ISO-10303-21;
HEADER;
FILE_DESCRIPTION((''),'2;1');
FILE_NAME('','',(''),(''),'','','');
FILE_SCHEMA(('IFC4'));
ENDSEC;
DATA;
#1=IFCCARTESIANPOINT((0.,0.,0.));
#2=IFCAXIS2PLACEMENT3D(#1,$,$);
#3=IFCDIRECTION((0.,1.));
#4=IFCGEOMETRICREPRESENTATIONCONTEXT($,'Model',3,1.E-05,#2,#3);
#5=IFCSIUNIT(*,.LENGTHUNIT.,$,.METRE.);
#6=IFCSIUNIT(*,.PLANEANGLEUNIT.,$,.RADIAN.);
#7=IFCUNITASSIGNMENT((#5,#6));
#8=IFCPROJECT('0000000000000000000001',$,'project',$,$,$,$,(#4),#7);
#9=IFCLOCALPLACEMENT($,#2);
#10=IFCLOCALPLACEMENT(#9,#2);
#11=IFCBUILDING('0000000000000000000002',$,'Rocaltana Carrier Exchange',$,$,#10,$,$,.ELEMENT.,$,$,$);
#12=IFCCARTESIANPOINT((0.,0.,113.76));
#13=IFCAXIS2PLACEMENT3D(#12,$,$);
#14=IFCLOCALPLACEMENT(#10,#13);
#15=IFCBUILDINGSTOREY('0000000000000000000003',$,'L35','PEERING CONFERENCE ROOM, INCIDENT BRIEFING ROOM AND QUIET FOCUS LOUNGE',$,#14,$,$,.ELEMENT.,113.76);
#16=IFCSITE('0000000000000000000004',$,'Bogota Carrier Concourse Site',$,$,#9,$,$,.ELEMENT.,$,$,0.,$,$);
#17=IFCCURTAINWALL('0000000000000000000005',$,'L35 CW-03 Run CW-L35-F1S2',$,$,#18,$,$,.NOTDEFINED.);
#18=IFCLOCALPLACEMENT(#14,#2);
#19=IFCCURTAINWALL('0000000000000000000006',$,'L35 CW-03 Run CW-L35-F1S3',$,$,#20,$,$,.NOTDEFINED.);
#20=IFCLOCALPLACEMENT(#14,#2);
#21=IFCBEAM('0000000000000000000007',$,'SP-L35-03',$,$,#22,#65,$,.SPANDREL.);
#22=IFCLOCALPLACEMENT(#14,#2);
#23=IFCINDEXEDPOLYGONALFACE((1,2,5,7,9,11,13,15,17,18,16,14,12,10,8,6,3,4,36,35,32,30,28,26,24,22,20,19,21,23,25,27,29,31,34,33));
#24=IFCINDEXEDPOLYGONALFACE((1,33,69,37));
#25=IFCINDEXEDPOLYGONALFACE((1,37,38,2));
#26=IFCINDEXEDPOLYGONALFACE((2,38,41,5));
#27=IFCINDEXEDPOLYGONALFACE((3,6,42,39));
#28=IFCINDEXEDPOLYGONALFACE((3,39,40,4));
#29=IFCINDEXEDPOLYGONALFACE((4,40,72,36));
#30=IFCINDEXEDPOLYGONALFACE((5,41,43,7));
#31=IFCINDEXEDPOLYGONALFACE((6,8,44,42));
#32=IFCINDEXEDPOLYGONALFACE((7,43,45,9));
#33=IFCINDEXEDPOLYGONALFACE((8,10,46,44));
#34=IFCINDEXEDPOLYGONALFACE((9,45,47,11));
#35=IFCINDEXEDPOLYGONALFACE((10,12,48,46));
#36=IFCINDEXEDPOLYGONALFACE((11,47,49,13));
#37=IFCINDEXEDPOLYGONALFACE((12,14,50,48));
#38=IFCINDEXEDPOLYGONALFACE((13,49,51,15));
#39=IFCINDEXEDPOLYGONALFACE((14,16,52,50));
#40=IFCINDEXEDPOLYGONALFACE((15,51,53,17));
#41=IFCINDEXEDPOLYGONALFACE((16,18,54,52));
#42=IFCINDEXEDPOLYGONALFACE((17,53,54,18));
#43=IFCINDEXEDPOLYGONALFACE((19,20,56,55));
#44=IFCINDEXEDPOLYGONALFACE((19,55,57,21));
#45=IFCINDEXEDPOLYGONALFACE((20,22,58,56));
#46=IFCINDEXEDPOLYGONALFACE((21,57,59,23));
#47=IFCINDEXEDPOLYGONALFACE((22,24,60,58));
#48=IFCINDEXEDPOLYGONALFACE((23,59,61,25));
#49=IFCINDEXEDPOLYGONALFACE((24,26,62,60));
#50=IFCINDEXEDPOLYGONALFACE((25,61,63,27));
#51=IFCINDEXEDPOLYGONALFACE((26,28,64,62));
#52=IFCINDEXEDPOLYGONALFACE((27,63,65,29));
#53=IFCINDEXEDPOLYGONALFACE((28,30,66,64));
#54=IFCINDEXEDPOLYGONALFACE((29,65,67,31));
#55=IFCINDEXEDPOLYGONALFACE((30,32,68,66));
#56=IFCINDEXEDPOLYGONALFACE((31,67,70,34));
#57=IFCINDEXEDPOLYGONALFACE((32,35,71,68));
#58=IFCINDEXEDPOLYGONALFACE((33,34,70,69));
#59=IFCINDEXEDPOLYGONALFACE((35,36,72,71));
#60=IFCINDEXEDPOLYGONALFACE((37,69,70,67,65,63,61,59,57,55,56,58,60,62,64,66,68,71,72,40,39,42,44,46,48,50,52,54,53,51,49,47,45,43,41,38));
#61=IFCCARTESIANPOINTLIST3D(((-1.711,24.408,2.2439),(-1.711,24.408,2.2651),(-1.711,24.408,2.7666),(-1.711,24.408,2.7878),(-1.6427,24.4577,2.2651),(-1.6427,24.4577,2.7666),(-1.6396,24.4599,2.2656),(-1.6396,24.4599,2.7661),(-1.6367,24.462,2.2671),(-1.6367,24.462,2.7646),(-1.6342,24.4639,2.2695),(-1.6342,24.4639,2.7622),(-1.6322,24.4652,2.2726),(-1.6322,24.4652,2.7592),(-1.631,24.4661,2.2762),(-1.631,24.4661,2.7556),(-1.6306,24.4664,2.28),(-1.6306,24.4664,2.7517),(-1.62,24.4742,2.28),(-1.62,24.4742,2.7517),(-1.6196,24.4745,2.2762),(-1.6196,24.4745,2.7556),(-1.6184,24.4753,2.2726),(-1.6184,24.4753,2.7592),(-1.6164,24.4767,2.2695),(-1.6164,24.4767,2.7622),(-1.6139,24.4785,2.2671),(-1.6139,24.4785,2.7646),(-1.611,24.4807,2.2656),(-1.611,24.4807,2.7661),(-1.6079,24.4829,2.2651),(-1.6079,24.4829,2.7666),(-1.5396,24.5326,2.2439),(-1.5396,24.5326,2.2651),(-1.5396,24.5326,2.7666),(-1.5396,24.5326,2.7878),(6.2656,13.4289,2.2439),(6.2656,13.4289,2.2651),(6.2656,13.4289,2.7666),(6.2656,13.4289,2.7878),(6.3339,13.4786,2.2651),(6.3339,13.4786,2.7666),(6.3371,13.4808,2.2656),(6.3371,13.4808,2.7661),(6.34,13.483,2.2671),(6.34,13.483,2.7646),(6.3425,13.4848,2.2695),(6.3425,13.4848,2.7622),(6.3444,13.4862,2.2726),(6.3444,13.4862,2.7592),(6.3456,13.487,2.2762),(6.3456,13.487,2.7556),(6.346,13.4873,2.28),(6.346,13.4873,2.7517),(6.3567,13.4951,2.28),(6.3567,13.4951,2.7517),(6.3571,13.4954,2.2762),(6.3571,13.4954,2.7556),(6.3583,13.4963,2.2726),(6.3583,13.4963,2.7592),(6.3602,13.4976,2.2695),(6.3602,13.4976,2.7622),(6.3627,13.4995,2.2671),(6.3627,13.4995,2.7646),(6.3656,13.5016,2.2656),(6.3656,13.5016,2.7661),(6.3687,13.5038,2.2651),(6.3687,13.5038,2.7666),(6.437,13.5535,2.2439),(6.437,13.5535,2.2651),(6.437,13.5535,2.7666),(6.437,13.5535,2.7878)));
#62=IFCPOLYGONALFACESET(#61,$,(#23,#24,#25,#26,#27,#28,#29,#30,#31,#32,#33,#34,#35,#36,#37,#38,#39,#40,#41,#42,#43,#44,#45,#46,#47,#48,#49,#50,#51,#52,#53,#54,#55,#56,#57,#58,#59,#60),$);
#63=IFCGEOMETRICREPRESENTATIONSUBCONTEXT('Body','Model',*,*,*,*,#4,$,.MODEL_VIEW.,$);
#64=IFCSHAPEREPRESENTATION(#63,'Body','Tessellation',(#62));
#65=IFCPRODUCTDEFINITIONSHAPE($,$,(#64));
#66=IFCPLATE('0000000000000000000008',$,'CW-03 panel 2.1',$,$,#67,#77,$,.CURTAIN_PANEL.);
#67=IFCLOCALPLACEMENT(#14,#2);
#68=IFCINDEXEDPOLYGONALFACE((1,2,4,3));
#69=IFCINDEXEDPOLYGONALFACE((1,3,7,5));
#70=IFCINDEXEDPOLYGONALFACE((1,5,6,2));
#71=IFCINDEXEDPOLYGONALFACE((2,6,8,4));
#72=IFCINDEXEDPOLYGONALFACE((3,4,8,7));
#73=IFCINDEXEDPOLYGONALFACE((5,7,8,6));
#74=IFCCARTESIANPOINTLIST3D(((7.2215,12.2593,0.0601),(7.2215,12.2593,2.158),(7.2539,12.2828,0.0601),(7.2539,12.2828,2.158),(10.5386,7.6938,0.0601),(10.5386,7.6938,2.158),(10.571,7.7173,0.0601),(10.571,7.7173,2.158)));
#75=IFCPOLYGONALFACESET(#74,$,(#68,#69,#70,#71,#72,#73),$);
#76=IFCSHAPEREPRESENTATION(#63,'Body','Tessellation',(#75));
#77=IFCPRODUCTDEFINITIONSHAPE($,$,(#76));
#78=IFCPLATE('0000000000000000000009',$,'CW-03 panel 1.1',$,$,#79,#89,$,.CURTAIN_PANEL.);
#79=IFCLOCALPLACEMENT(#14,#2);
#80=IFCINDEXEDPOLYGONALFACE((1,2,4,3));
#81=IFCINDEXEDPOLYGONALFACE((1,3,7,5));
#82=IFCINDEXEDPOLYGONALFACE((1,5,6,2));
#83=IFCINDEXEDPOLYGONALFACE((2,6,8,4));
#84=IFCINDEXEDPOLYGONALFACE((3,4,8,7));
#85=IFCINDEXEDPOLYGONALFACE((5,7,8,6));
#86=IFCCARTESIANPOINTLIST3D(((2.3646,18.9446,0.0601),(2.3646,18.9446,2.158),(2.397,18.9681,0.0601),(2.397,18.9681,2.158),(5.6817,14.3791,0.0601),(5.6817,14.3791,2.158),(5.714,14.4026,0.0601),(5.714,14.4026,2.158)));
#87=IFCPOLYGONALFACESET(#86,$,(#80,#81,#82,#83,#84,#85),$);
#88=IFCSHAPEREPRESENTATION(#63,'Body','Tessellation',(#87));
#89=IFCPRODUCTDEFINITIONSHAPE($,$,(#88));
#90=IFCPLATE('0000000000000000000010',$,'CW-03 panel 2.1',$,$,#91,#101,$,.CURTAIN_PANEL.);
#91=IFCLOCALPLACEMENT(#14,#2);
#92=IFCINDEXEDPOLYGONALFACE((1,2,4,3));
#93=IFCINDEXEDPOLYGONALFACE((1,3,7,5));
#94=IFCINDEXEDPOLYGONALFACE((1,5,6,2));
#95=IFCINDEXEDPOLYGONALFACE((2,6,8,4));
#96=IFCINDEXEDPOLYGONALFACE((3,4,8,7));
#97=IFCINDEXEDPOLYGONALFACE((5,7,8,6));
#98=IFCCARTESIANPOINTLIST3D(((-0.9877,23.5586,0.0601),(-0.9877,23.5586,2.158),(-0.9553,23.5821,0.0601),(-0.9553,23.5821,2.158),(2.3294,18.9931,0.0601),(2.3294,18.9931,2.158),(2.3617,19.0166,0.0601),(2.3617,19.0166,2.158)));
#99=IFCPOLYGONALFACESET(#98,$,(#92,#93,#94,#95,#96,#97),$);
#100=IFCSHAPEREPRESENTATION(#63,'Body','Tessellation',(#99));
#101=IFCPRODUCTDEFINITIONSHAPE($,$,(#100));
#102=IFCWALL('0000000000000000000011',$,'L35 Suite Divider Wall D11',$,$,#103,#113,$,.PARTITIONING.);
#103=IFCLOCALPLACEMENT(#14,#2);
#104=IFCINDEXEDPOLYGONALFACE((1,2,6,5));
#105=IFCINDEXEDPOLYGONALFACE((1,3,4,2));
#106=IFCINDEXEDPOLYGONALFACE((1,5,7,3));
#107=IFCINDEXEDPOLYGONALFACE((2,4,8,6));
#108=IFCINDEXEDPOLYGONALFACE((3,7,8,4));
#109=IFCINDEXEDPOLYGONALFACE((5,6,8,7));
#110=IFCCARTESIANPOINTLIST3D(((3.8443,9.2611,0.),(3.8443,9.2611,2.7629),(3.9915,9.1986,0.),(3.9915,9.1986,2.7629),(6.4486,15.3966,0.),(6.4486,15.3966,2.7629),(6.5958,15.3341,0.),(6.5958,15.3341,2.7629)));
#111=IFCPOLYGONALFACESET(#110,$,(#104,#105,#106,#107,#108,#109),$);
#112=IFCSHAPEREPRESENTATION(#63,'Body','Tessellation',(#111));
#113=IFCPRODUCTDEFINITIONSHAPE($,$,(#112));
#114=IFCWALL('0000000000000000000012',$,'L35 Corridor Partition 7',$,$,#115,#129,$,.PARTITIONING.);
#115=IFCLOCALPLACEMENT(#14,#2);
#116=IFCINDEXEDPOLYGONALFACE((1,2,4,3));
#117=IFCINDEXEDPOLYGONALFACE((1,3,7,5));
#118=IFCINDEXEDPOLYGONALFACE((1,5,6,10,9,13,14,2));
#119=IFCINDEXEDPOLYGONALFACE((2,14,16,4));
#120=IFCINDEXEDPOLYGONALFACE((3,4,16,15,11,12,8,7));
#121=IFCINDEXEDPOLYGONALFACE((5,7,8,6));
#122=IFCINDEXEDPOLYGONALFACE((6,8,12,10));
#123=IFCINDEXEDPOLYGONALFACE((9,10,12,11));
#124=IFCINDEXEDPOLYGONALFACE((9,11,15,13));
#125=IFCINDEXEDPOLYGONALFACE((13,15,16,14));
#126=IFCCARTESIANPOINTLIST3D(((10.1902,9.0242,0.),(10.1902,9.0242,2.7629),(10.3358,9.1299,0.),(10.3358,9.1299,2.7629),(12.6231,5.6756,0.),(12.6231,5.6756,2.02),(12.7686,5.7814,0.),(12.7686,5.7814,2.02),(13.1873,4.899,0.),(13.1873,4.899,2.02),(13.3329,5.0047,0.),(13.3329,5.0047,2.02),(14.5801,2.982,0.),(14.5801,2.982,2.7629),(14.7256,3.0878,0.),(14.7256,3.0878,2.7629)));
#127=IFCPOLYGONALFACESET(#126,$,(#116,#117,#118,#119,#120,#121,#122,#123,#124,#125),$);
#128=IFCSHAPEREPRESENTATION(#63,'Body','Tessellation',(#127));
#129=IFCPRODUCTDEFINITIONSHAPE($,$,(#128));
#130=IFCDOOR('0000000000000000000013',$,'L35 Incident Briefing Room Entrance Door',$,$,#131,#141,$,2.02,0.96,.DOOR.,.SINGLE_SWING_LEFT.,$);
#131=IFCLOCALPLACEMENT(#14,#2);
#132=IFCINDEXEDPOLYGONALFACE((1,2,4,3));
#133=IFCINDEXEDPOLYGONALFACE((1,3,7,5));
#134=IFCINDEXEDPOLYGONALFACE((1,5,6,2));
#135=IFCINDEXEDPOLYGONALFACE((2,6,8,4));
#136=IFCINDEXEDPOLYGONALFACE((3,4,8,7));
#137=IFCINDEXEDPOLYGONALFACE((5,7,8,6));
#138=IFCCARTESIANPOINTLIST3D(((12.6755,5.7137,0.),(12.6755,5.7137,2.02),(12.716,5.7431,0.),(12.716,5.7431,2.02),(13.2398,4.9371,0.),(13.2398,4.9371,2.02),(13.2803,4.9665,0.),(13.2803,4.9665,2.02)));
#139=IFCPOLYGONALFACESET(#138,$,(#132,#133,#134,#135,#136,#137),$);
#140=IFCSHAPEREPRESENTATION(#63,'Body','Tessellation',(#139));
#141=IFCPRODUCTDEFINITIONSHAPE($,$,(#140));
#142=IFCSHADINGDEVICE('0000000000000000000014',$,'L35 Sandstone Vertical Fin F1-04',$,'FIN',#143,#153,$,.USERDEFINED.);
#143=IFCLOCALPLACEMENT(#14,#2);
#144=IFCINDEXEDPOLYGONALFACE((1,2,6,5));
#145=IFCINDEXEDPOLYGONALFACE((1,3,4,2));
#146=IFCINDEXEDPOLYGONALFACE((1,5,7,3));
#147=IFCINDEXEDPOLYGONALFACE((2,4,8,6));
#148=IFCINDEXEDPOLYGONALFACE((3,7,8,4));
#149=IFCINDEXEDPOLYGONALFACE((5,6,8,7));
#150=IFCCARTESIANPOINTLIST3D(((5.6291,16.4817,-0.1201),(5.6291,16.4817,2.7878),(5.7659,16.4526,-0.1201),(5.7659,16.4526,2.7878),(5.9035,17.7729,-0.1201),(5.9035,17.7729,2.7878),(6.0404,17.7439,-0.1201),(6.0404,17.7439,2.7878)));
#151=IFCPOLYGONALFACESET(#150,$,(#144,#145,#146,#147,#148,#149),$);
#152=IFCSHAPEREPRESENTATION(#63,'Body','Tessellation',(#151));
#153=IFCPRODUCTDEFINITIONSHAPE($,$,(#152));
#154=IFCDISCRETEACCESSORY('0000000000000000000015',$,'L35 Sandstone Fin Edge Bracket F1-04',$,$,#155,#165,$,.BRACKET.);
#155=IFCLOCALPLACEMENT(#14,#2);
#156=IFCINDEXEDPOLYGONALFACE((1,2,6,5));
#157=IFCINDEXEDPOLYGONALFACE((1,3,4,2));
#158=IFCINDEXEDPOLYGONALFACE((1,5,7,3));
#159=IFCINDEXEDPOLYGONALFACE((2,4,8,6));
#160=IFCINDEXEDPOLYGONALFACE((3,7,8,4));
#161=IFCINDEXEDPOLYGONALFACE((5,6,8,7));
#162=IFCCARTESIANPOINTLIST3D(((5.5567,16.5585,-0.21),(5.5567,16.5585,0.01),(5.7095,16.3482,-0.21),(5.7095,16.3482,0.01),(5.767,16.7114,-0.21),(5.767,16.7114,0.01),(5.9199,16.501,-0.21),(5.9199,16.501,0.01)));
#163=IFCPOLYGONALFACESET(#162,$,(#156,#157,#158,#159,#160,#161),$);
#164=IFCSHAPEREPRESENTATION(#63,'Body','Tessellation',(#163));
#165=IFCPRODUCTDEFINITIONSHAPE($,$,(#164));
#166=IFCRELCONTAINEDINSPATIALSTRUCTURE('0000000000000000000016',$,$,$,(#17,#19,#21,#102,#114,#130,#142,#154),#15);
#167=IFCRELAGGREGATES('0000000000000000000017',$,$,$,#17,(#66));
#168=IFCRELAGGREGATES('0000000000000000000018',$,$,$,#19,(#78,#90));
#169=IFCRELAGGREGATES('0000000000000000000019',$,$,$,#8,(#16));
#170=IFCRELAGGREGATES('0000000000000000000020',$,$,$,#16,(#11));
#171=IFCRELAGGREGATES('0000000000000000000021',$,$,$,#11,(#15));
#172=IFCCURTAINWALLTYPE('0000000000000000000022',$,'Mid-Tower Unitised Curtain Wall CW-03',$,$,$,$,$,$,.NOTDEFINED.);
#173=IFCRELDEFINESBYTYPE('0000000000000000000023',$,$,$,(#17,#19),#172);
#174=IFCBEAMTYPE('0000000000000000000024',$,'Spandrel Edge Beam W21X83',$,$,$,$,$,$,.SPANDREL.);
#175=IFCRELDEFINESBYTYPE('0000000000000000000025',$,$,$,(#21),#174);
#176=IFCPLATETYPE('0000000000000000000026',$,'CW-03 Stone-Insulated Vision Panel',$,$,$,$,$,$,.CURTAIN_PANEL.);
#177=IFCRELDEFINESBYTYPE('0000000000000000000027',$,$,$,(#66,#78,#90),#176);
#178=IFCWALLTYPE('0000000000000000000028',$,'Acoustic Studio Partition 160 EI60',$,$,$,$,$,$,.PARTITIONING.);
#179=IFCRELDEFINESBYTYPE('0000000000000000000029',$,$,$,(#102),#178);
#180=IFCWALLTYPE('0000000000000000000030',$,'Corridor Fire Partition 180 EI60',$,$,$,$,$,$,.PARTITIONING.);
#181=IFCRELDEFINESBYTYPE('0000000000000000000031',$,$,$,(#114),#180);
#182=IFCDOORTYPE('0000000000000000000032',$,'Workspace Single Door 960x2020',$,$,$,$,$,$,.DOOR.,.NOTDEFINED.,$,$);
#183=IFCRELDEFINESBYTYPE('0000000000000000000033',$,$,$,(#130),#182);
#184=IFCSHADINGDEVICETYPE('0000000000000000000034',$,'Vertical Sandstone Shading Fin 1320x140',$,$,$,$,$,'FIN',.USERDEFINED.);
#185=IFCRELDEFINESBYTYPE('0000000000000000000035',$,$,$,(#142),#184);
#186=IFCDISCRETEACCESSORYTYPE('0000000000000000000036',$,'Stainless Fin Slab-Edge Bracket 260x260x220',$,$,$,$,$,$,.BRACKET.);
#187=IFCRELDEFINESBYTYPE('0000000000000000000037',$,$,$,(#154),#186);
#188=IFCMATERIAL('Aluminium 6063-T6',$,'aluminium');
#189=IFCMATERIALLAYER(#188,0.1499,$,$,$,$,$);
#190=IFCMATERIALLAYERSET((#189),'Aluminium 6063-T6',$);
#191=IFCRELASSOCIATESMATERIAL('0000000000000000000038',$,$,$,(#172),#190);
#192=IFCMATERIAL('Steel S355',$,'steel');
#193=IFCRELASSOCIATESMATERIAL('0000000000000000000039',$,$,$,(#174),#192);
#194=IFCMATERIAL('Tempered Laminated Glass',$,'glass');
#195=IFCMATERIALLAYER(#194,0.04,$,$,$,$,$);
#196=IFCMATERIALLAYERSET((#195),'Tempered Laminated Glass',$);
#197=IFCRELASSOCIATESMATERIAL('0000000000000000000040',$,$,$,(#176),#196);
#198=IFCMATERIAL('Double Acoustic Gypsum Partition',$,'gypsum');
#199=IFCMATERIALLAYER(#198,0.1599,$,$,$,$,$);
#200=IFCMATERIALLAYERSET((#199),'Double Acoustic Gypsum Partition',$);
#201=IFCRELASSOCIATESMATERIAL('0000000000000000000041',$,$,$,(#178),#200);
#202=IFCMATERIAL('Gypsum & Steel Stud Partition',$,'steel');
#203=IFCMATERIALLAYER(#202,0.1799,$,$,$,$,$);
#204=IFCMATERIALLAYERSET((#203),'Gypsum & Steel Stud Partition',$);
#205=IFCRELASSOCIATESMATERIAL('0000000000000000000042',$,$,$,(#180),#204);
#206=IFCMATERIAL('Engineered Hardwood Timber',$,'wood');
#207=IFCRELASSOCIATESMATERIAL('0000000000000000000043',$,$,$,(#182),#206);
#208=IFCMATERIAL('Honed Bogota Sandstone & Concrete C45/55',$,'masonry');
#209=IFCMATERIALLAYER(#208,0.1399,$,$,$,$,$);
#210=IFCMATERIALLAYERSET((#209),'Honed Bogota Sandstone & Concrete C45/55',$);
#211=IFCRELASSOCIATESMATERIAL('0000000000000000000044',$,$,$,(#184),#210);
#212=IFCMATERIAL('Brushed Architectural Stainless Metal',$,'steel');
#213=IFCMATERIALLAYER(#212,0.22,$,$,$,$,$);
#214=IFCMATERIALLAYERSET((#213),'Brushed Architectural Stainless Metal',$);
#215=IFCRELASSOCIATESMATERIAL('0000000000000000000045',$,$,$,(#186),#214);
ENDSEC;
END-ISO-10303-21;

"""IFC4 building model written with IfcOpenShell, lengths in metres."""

from ifc_helpers import new_model, si_unit, direction, frame, frame_2d, origin, origin_2d, place, context, subcontext, project, spatial, rectangle, i_section, extrude, material, layer, layer_set, material_profile, profile_set, type_object, element, fill, aggregate, save


model = new_model("IFC4")

# Units and contexts
model_context = context("Model", 3, precision=1e-05, world=origin(), true_north=direction((0.0, 1.0)))
body_context = subcontext(model_context, "Body", "Model", "MODEL_VIEW")
ifc_project = project(units=[si_unit("LENGTHUNIT", "METRE"), si_unit("PLANEANGLEUNIT", "RADIAN")], contexts=[model_context])

# Site, building, storey
site_placement = place(None, origin())
site = spatial("IfcSite", under=ifc_project, at=site_placement, Name="Bogota Carrier Concourse Site", CompositionType="ELEMENT", RefElevation=0.0)
building_placement = place(site_placement, origin())
building = spatial("IfcBuilding", under=site, at=building_placement, Name="Rocaltana Carrier Exchange", CompositionType="ELEMENT")
storey_placement = place(building_placement, frame((0.0, 0.0, 113.76)))
storey = spatial("IfcBuildingStorey", under=building, at=storey_placement, Name="L35", Description="PEERING CONFERENCE ROOM, INCIDENT BRIEFING ROOM AND QUIET FOCUS LOUNGE", CompositionType="ELEMENT", Elevation=113.76)

# Curtain wall
ifc_material_1 = material(Name="Aluminium 6063-T6", Category="aluminium")
ifc_layer_1 = layer(ifc_material_1, 0.1499)
ifc_layer_set_1 = layer_set([ifc_layer_1], Name="Aluminium 6063-T6")
curtain_wall_type = type_object("IfcCurtainWallType", Name="Mid-Tower Unitised Curtain Wall CW-03", PredefinedType="NOTDEFINED", material=ifc_layer_set_1)
curtain_wall_1_placement = place(storey_placement, origin())
curtain_wall_1 = element("IfcCurtainWall", 1, at=curtain_wall_1_placement, inside=storey, type_object=curtain_wall_type, Name="L35 CW-03 Run CW-L35-F1S2", PredefinedType="NOTDEFINED")

# Curtain wall
curtain_wall_2_placement = place(storey_placement, origin())
curtain_wall_2 = element("IfcCurtainWall", 2, at=curtain_wall_2_placement, inside=storey, type_object=curtain_wall_type, Name="L35 CW-03 Run CW-L35-F1S3", PredefinedType="NOTDEFINED")

# Beam
ifc_material_2 = material(Name="Steel S355", Category="steel")
ifc_material_profile_1 = material_profile(ifc_material_2, i_section(OverallWidth=0.2119, OverallDepth=0.5439, WebThickness=0.0132, FlangeThickness=0.0212, FilletRadius=0.0149, at=origin_2d()), Name="W21X83")
ifc_profile_set_1 = profile_set([ifc_material_profile_1], Name="Steel S355")
beam_type_1 = type_object("IfcBeamType", Name="Spandrel Edge Beam W21X83", PredefinedType="SPANDREL", material=ifc_profile_set_1)
beam_1_placement = place(storey_placement, frame((6.3513, 13.4912, 2.5159), z_axis=(-0.587778, 0.809022, 0.0), x_axis=(-0.809022, -0.587778, 0.0)))
element("IfcBeam", 3, at=beam_1_placement, inside=storey, type_object=beam_type_1, Name="SP-L35-03", PredefinedType="SPANDREL", context=body_context, shape_type="SweptSolid", body=[
    extrude(i_section(OverallWidth=0.2119, OverallDepth=0.5439, WebThickness=0.0132, FlangeThickness=0.0212, FilletRadius=0.0149, at=origin_2d()), origin(), (0.0, 0.0, 1.0), 13.5708),
])

# Plates
ifc_material_3 = material(Name="Tempered Laminated Glass", Category="glass")
ifc_layer_2 = layer(ifc_material_3, 0.04)
ifc_layer_set_2 = layer_set([ifc_layer_2], Name="Tempered Laminated Glass")
plate_type = type_object("IfcPlateType", Name="CW-03 Stone-Insulated Vision Panel", PredefinedType="CURTAIN_PANEL", material=ifc_layer_set_2)
plate_1_placement = place(storey_placement, frame((8.8962, 9.9883, 0.0601), z_axis=(0.0, 0.0, 1.0), x_axis=(-0.58779, 0.809014, 0.0)))
plate_1 = element("IfcPlate", 4, at=plate_1_placement, type_object=plate_type, Name="CW-03 panel 2.1", PredefinedType="CURTAIN_PANEL", context=body_context, shape_type="SweptSolid", body=[
    extrude(rectangle(XDim=5.6433, YDim=0.04, at=origin_2d()), origin(), (0.0, 0.0, 1.0), 2.0979),
])
aggregate(curtain_wall_1, [plate_1])
plate_2_placement = place(storey_placement, frame((4.0393, 16.6736, 0.0601), z_axis=(0.0, 0.0, 1.0), x_axis=(-0.58779, 0.809014, 0.0)))
plate_2 = element("IfcPlate", 5, at=plate_2_placement, type_object=plate_type, Name="CW-03 panel 1.1", PredefinedType="CURTAIN_PANEL", context=body_context, shape_type="SweptSolid", body=[
    extrude(rectangle(XDim=5.6433, YDim=0.04, at=origin_2d()), origin(), (0.0, 0.0, 1.0), 2.0979),
])
plate_3_placement = place(storey_placement, frame((0.687, 21.2876, 0.0601), z_axis=(0.0, 0.0, 1.0), x_axis=(-0.58779, 0.809014, 0.0)))
plate_3 = element("IfcPlate", 6, at=plate_3_placement, type_object=plate_type, Name="CW-03 panel 2.1", PredefinedType="CURTAIN_PANEL", context=body_context, shape_type="SweptSolid", body=[
    extrude(rectangle(XDim=5.6433, YDim=0.04, at=origin_2d()), origin(), (0.0, 0.0, 1.0), 2.0979),
])
aggregate(curtain_wall_2, [plate_2, plate_3])

# Wall
ifc_material_4 = material(Name="Double Acoustic Gypsum Partition", Category="gypsum")
ifc_layer_3 = layer(ifc_material_4, 0.1599)
ifc_layer_set_3 = layer_set([ifc_layer_3], Name="Double Acoustic Gypsum Partition")
wall_type_1 = type_object("IfcWallType", Name="Acoustic Studio Partition 160 EI60", PredefinedType="PARTITIONING", material=ifc_layer_set_3)
wall_1_placement = place(storey_placement, frame((3.918, 9.23, 0.0), z_axis=(0.0, 0.0, 1.0), x_axis=(0.390716, 0.920511, 0.0)))
element("IfcWall", 7, at=wall_1_placement, inside=storey, type_object=wall_type_1, Name="L35 Suite Divider Wall D11", PredefinedType="PARTITIONING", context=body_context, shape_type="SweptSolid", body=[
    extrude(rectangle(XDim=6.6653, YDim=0.1599, at=frame_2d((3.3325, 0.0))), origin(), (0.0, 0.0, 1.0), 2.7629),
])

# Wall, opening, door
ifc_material_5 = material(Name="Gypsum & Steel Stud Partition", Category="steel")
ifc_layer_4 = layer(ifc_material_5, 0.1799)
ifc_layer_set_4 = layer_set([ifc_layer_4], Name="Gypsum & Steel Stud Partition")
wall_type_2 = type_object("IfcWallType", Name="Corridor Fire Partition 180 EI60", PredefinedType="PARTITIONING", material=ifc_layer_set_4)
wall_2_placement = place(storey_placement, frame((10.2629, 9.0771, 0.0), z_axis=(0.0, 0.0, 1.0), x_axis=(0.587781, -0.80902, 0.0)))
wall_2 = element("IfcWall", 8, at=wall_2_placement, inside=storey, type_object=wall_type_2, Name="L35 Corridor Partition 7", PredefinedType="PARTITIONING", context=body_context, shape_type="SweptSolid", body=[
    extrude(rectangle(XDim=7.4685, YDim=0.1799, at=frame_2d((3.7344, 0.0))), origin(), (0.0, 0.0, 1.0), 2.7629),
])
opening_placement = place(wall_2_placement, frame((4.1392, 0.0, 0.0)))
opening = element("IfcOpeningElement", 9, at=opening_placement, cuts=wall_2, PredefinedType="OPENING", context=body_context, shape_type="SweptSolid", body=[
    extrude(rectangle(XDim=0.96, YDim=2.02, at=frame_2d((0.48, 1.01))), frame((0.0, 0.0999, 0.0), z_axis=(0.0, -1.0, 0.0), x_axis=(1.0, 0.0, 0.0)), (0.0, 0.0, 1.0), 0.2),
])
ifc_material_6 = material(Name="Engineered Hardwood Timber", Category="wood")
door_type = type_object("IfcDoorType", Name="Workspace Single Door 960x2020", OperationType="NOTDEFINED", PredefinedType="DOOR", material=ifc_material_6)
door_placement = place(opening_placement, origin())
door = element("IfcDoor", 10, at=door_placement, inside=storey, type_object=door_type, Name="L35 Incident Briefing Room Entrance Door", OperationType="SINGLE_SWING_LEFT", OverallHeight=2.02, OverallWidth=0.96, PredefinedType="DOOR", context=body_context, shape_type="SweptSolid", body=[
    extrude(rectangle(XDim=0.96, YDim=2.02, at=frame_2d((0.48, 1.01))), frame((0.0, 0.0249, 0.0), z_axis=(0.0, -1.0, 0.0), x_axis=(1.0, 0.0, 0.0)), (0.0, 0.0, 1.0), 0.05),
])
fill(opening, door)

# Shading device
ifc_material_7 = material(Name="Honed Bogota Sandstone & Concrete C45/55", Category="masonry")
ifc_layer_5 = layer(ifc_material_7, 0.1399)
ifc_layer_set_5 = layer_set([ifc_layer_5], Name="Honed Bogota Sandstone & Concrete C45/55")
shading_device_type = type_object("IfcShadingDeviceType", Name="Vertical Sandstone Shading Fin 1320x140", ElementType="FIN", PredefinedType="USERDEFINED", material=ifc_layer_set_5)
shading_device_placement = place(storey_placement, frame((5.8347, 17.1128, -0.1201), z_axis=(0.0, 0.0, 1.0), x_axis=(0.207912, 0.978148, 0.0)))
element("IfcShadingDevice", 11, at=shading_device_placement, inside=storey, type_object=shading_device_type, Name="L35 Sandstone Vertical Fin F1-04", ObjectType="FIN", PredefinedType="USERDEFINED", context=body_context, shape_type="SweptSolid", body=[
    extrude(rectangle(XDim=1.3201, YDim=0.1399, at=origin_2d()), origin(), (0.0, 0.0, 1.0), 2.908),
])

# Discrete accessory
ifc_material_8 = material(Name="Brushed Architectural Stainless Metal", Category="steel")
ifc_layer_6 = layer(ifc_material_8, 0.22)
ifc_layer_set_6 = layer_set([ifc_layer_6], Name="Brushed Architectural Stainless Metal")
discrete_accessory_type = type_object("IfcDiscreteAccessoryType", Name="Stainless Fin Slab-Edge Bracket 260x260x220", PredefinedType="BRACKET", material=ifc_layer_set_6)
discrete_accessory_placement = place(storey_placement, frame((5.7383, 16.5298, -0.21), z_axis=(0.0, 0.0, 1.0), x_axis=(-0.587785, 0.809017, 0.0)))
element("IfcDiscreteAccessory", 12, at=discrete_accessory_placement, inside=storey, type_object=discrete_accessory_type, Name="L35 Sandstone Fin Edge Bracket F1-04", PredefinedType="BRACKET", context=body_context, shape_type="SweptSolid", body=[
    extrude(rectangle(XDim=0.26, YDim=0.26, at=origin_2d()), origin(), (0.0, 0.0, 1.0), 0.22),
])

save(model, "model.ifc")
